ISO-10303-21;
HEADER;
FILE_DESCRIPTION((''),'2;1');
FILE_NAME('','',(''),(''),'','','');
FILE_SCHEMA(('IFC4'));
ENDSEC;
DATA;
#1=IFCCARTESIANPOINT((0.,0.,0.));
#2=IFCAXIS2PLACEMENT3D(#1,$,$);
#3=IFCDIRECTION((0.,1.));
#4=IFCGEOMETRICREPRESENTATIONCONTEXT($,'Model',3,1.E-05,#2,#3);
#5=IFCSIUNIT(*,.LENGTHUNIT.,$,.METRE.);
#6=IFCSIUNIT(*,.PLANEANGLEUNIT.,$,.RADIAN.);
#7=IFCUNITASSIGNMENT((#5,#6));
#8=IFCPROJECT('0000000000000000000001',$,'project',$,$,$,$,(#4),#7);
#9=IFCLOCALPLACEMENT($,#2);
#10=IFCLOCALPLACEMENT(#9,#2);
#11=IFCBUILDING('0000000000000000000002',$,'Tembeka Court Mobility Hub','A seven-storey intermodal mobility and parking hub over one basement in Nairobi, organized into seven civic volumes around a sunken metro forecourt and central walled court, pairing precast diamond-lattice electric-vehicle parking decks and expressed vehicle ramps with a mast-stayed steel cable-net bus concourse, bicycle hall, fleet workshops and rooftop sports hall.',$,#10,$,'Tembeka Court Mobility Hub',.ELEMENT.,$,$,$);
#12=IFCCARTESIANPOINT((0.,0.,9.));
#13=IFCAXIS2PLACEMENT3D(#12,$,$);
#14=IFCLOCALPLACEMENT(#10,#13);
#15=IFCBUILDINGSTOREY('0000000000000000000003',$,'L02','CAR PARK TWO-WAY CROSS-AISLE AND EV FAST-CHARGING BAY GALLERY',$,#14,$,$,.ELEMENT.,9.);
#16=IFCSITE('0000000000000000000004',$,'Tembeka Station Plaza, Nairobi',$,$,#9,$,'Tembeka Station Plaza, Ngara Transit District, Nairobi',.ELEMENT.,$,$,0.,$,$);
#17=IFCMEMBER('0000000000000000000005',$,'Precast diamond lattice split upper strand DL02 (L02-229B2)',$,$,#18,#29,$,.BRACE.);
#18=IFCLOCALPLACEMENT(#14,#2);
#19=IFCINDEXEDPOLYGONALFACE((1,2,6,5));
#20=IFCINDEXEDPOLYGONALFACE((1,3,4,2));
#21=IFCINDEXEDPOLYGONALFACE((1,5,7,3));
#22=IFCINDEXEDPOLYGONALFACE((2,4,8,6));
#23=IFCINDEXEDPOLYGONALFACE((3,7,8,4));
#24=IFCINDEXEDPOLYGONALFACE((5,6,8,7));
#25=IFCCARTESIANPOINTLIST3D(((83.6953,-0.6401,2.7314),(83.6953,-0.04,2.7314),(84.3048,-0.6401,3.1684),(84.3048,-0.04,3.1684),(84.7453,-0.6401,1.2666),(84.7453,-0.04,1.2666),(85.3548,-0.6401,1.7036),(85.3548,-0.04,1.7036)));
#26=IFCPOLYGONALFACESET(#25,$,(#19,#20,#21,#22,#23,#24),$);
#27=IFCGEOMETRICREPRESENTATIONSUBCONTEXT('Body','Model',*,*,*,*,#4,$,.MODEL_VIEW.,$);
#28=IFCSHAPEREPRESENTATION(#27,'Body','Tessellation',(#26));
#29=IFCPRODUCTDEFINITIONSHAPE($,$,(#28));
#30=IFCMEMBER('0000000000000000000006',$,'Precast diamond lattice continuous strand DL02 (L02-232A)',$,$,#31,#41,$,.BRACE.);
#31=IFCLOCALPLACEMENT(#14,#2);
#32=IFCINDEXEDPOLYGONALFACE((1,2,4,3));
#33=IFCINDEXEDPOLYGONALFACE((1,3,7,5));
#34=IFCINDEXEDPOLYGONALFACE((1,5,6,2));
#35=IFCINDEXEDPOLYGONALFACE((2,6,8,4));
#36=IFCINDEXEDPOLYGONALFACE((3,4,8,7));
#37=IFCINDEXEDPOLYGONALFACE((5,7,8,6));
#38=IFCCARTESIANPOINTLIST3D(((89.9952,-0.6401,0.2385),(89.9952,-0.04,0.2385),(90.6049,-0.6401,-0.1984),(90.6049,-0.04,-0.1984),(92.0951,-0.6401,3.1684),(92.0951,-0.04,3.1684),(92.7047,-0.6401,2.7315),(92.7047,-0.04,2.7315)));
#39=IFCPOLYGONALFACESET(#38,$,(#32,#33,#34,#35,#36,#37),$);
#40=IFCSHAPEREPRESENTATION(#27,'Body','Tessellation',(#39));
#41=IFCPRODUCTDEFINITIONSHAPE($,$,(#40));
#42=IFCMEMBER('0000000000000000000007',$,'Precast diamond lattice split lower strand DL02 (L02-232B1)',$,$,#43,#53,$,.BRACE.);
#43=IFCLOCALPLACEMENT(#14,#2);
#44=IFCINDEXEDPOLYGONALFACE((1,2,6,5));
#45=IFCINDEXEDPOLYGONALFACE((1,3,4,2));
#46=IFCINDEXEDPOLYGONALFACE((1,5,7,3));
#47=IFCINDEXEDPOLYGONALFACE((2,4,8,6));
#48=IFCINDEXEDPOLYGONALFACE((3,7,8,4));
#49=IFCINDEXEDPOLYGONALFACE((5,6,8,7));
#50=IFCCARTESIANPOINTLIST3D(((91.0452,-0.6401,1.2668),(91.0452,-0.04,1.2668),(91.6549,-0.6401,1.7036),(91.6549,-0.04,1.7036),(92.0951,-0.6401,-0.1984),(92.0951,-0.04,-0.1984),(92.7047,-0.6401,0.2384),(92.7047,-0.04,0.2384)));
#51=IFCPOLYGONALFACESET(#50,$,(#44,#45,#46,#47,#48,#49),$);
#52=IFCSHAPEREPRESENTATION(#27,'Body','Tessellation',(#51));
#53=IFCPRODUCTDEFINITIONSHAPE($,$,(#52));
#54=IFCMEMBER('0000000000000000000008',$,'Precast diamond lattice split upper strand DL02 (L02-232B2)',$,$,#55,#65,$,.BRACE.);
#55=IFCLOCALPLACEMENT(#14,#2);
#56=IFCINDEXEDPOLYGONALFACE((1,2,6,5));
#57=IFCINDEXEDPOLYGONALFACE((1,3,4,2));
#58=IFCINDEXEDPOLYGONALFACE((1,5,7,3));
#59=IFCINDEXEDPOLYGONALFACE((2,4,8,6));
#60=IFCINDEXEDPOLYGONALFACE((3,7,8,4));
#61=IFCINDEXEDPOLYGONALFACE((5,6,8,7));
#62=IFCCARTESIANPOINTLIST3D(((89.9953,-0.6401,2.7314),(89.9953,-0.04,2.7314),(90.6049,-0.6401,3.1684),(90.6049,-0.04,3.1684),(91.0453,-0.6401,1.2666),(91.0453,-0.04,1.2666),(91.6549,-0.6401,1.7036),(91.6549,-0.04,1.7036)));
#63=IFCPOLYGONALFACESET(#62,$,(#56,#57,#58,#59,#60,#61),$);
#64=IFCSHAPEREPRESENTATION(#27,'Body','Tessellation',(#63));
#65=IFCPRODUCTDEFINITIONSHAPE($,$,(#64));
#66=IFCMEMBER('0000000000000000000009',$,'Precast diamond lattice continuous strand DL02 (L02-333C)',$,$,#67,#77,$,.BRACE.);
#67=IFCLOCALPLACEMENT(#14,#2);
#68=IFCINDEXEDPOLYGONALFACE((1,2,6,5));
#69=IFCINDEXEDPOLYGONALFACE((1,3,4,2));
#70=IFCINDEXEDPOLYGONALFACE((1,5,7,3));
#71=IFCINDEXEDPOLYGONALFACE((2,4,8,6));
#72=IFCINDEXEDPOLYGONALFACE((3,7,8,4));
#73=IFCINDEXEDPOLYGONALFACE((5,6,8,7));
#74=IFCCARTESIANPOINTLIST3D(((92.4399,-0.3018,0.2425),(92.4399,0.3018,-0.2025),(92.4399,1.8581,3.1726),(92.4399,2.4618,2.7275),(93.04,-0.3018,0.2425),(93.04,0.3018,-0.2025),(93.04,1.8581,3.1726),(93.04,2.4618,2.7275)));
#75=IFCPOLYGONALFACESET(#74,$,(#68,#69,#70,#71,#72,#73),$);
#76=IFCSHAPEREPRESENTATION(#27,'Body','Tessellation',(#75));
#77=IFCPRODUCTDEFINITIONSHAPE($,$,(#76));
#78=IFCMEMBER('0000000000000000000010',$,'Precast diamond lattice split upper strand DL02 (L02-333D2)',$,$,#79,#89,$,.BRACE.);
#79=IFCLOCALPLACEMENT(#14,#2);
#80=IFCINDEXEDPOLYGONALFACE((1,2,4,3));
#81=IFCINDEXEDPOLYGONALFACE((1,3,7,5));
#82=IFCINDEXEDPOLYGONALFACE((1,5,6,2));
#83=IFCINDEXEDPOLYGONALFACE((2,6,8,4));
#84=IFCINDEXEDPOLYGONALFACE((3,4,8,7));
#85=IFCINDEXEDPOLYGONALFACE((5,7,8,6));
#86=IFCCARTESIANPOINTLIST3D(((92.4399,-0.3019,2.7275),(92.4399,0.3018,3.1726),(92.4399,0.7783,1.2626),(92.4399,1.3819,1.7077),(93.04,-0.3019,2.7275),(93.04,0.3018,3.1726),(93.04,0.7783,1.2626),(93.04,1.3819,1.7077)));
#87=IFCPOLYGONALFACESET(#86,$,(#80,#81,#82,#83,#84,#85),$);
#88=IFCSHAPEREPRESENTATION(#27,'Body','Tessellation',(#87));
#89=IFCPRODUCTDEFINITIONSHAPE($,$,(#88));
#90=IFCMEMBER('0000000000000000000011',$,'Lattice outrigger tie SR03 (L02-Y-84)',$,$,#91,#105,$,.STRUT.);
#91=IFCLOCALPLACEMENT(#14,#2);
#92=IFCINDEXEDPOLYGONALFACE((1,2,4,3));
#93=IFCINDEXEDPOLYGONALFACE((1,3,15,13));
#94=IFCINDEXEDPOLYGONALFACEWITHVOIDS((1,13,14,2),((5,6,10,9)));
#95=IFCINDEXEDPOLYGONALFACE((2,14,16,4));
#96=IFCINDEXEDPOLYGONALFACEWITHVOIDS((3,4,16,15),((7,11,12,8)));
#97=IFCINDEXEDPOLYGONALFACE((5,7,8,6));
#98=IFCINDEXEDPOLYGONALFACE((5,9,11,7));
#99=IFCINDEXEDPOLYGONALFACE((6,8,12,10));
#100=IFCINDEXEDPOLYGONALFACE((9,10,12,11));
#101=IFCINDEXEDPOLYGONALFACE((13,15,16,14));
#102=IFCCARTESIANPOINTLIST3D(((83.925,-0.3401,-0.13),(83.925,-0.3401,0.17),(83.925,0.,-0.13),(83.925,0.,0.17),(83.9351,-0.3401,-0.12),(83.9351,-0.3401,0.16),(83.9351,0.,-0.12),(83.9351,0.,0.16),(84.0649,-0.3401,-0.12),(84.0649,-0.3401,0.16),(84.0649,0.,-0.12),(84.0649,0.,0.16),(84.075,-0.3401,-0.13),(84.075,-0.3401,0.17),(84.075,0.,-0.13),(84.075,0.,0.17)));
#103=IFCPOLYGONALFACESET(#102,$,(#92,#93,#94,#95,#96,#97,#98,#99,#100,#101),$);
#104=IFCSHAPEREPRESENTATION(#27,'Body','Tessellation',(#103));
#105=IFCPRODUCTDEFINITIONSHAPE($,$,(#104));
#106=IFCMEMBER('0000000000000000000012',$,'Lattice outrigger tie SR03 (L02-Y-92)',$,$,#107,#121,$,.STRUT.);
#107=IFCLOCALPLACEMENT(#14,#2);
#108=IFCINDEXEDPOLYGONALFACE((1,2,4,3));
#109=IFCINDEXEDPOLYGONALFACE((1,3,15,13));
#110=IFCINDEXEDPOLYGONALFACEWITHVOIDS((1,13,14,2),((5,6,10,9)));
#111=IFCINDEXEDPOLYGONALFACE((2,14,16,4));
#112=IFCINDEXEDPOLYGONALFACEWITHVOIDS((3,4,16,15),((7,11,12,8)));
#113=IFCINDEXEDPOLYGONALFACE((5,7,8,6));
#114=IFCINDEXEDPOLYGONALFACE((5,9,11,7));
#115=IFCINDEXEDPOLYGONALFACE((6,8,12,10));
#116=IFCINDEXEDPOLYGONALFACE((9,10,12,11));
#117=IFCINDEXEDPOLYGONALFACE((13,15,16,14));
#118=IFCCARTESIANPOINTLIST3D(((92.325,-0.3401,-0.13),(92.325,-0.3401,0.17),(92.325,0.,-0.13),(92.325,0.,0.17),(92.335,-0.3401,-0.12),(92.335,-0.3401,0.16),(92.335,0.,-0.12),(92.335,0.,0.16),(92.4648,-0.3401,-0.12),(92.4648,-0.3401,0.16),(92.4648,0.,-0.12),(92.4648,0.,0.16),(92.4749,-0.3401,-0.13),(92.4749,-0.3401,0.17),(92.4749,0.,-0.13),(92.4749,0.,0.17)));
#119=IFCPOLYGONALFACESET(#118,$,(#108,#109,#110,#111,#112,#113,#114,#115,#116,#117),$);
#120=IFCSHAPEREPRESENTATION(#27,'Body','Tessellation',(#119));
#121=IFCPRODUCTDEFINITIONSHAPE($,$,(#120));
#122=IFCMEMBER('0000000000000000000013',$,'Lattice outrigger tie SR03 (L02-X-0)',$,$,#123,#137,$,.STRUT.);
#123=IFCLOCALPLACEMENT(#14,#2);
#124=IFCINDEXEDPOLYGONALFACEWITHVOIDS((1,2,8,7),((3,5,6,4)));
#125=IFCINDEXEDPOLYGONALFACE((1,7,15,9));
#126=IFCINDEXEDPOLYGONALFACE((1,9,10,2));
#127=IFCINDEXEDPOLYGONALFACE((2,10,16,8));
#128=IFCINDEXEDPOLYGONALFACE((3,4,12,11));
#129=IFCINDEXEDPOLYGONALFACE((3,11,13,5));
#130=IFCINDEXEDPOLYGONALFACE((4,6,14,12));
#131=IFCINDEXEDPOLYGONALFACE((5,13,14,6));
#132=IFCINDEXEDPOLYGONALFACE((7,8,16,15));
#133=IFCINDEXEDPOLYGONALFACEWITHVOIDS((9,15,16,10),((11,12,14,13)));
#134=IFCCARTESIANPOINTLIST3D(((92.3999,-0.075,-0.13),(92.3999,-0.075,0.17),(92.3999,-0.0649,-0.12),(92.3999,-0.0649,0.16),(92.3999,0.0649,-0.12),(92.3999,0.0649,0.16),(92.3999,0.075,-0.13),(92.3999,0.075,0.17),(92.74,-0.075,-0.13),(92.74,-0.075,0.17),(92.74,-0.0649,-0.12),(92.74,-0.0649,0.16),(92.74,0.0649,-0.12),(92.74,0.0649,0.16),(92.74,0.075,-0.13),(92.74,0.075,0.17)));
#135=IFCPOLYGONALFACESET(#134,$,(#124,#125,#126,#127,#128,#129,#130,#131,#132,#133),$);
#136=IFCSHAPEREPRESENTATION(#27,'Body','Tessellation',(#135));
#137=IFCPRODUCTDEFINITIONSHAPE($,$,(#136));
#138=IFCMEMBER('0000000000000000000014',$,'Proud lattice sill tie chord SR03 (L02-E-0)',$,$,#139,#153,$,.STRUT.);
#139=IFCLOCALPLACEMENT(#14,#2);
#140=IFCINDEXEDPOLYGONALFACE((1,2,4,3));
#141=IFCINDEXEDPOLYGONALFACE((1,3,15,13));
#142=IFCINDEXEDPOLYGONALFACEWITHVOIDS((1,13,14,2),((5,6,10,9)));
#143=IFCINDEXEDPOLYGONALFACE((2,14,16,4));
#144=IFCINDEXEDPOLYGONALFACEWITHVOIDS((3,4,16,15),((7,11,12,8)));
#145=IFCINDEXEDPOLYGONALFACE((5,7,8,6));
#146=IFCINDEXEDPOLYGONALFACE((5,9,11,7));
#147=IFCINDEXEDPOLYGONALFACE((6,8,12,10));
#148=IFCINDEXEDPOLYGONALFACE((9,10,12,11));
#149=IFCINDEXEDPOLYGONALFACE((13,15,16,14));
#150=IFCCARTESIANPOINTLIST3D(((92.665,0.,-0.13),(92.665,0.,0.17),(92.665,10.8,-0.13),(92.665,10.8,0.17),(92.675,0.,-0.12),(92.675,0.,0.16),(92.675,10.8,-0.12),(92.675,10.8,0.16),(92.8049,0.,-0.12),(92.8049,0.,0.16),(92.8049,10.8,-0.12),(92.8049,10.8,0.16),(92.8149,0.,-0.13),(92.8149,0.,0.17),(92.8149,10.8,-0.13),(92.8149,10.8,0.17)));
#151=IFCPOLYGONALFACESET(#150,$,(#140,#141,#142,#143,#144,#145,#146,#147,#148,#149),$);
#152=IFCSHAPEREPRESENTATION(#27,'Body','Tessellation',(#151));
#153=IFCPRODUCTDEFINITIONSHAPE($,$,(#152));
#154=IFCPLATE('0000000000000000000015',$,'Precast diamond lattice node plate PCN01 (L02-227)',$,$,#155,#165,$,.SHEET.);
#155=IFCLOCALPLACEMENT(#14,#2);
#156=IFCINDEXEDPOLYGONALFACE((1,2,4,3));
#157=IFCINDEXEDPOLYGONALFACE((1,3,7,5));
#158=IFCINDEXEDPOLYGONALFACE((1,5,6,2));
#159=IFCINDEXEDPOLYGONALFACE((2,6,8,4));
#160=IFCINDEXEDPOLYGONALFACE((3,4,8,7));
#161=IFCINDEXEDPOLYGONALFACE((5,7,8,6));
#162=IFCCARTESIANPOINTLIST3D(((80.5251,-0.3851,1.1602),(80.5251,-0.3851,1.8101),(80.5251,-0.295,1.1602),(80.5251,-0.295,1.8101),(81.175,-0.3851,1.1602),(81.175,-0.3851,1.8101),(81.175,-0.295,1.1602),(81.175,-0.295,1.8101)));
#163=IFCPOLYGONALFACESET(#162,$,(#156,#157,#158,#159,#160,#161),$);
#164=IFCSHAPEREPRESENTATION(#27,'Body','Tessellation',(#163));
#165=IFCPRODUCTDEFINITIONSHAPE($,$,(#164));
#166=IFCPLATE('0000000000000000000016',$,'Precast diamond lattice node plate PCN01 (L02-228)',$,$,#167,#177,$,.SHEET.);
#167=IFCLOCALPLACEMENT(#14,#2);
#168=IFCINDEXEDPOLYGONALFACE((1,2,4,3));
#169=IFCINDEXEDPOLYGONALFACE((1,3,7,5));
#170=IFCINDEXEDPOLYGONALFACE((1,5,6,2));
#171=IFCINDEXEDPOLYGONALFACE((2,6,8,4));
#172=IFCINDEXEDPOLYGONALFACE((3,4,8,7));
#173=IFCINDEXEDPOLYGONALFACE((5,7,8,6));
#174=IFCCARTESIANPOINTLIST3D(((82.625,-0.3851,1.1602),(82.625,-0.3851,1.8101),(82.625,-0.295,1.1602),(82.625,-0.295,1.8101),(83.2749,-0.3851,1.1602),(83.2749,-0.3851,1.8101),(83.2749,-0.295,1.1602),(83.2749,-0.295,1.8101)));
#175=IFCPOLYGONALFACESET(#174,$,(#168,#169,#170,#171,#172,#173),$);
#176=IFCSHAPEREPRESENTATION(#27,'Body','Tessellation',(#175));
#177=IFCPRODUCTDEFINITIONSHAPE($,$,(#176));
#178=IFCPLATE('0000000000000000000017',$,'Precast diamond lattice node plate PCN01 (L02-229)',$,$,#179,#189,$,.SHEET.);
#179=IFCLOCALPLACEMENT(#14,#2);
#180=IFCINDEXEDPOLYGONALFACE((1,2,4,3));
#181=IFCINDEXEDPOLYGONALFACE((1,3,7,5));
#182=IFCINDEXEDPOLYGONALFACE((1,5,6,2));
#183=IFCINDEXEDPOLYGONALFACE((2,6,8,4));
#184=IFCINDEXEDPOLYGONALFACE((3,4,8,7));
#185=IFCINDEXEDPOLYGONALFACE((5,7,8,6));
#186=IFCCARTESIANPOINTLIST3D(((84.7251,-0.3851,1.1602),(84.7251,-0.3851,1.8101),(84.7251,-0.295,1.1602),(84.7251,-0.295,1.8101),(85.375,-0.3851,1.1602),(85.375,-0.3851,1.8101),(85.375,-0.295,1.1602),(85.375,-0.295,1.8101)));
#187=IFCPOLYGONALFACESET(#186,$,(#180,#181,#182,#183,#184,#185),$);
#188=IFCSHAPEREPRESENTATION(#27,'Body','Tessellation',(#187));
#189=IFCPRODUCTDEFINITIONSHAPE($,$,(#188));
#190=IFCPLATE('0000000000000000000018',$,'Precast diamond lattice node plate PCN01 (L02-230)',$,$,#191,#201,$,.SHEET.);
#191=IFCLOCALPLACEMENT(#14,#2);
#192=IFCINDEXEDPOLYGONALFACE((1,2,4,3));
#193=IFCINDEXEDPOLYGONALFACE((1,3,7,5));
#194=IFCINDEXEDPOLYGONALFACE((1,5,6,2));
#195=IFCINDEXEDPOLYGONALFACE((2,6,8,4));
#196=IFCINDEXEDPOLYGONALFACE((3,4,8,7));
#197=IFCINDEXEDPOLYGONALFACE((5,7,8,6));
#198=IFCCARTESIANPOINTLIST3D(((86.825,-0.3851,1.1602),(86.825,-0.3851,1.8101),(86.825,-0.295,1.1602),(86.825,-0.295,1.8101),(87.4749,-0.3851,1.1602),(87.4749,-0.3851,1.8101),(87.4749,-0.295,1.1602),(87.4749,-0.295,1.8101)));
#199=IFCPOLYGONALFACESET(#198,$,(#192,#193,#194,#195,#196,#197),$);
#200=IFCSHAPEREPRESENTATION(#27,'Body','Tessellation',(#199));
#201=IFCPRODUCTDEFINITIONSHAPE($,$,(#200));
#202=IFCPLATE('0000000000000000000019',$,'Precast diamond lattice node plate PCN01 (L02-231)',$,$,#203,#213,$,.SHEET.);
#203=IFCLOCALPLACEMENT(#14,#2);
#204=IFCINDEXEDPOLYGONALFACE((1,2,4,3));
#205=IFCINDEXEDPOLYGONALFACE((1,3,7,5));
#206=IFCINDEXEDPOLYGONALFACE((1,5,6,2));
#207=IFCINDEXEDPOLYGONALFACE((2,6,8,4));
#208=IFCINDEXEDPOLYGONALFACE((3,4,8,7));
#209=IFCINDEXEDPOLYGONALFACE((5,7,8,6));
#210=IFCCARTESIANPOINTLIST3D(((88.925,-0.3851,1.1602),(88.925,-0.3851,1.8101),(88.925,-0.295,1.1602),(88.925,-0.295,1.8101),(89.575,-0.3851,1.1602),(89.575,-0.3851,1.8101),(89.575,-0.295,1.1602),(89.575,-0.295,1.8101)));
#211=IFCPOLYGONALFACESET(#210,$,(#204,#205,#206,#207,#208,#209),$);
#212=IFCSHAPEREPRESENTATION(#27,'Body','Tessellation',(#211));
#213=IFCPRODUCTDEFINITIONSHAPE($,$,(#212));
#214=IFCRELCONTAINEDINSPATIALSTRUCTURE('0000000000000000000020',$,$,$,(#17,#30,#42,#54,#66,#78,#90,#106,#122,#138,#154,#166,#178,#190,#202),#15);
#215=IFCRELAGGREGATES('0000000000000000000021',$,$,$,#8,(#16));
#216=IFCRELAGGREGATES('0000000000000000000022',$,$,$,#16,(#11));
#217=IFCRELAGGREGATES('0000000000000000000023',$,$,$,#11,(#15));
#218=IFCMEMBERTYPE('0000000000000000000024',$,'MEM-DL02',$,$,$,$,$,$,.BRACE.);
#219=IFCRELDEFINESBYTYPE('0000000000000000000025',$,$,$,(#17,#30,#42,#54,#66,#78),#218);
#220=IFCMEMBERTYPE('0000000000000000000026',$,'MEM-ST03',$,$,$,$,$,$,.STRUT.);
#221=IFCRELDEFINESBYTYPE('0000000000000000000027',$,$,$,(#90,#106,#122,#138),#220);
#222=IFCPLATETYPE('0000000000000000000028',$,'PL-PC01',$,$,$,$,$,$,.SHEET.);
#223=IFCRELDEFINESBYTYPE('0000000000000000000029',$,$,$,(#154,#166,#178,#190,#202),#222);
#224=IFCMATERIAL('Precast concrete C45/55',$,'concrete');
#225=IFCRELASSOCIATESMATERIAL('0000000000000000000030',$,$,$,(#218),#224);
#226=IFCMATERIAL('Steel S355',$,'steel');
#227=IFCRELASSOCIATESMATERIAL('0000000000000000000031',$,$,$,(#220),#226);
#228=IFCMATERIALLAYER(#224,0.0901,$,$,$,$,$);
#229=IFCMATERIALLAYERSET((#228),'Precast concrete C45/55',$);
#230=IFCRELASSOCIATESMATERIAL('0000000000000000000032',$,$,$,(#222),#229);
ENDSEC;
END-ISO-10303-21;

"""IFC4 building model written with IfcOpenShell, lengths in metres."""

from ifc_helpers import new_model, si_unit, direction, frame, origin, origin_2d, place, context, subcontext, project, spatial, rectangle, hollow_rectangle, extrude, material, layer, layer_set, material_profile, profile_set, type_object, element, save


model = new_model("IFC4")

# Units and contexts
model_context = context("Model", 3, precision=1e-05, world=origin(), true_north=direction((0.0, 1.0)))
body_context = subcontext(model_context, "Body", "Model", "MODEL_VIEW")
ifc_project = project(units=[si_unit("LENGTHUNIT", "METRE"), si_unit("PLANEANGLEUNIT", "RADIAN")], contexts=[model_context])

# Site, building, storey
site_placement = place(None, origin())
site = spatial("IfcSite", under=ifc_project, at=site_placement, Name="Tembeka Station Plaza, Nairobi", LongName="Tembeka Station Plaza, Ngara Transit District, Nairobi", CompositionType="ELEMENT", RefElevation=0.0)
building_placement = place(site_placement, origin())
building = spatial("IfcBuilding", under=site, at=building_placement, Name="Tembeka Court Mobility Hub", Description="A seven-storey intermodal mobility and parking hub over one basement in Nairobi, organized into seven civic volumes around a sunken metro forecourt and central walled court, pairing precast diamond-lattice electric-vehicle parking decks and expressed vehicle ramps with a mast-stayed steel cable-net bus concourse, bicycle hall, fleet workshops and rooftop sports hall.", LongName="Tembeka Court Mobility Hub", CompositionType="ELEMENT")
storey_placement = place(building_placement, frame((0.0, 0.0, 9.0)))
storey = spatial("IfcBuildingStorey", under=building, at=storey_placement, Name="L02", Description="CAR PARK TWO-WAY CROSS-AISLE AND EV FAST-CHARGING BAY GALLERY", CompositionType="ELEMENT", Elevation=9.0)

# Shared definitions
ifc_material_1 = material(Name="Steel S355", Category="steel")

# Shared definitions
ifc_material_2 = material(Name="Precast concrete C45/55", Category="concrete")

# Members
ifc_material_profile_1 = material_profile(ifc_material_2, rectangle(XDim=0.6001, YDim=0.75, at=origin_2d()), Name="PC-DIAG 600x750")
ifc_profile_set_1 = profile_set([ifc_material_profile_1], Name="Precast concrete C45/55")
member_type_1 = type_object("IfcMemberType", Name="MEM-DL02", PredefinedType="BRACE", material=ifc_profile_set_1)
member_1_placement = place(storey_placement, frame((85.05, -0.3401, 1.4851), z_axis=(-0.582608, 0.0, 0.812753), x_axis=(0.0, -1.0, 0.0)))
element("IfcMember", 1, at=member_1_placement, inside=storey, type_object=member_type_1, Name="Precast diamond lattice split upper strand DL02 (L02-229B2)", PredefinedType="BRACE", context=body_context, shape_type="SweptSolid", body=[
    extrude(rectangle(XDim=0.6001, YDim=0.75, at=origin_2d()), origin(), (0.0, 0.0, 1.0), 1.8022),
])
member_2_placement = place(storey_placement, frame((90.3, -0.3401, 0.02), z_axis=(0.582532, 0.0, 0.812808), x_axis=(0.0, 1.0, 0.0)))
element("IfcMember", 2, at=member_2_placement, inside=storey, type_object=member_type_1, Name="Precast diamond lattice continuous strand DL02 (L02-232A)", PredefinedType="BRACE", context=body_context, shape_type="SweptSolid", body=[
    extrude(rectangle(XDim=0.6001, YDim=0.75, at=origin_2d()), origin(), (0.0, 0.0, 1.0), 3.6047),
])
member_3_placement = place(storey_placement, frame((92.3999, -0.3401, 0.02), z_axis=(-0.582455, 0.0, 0.812863), x_axis=(0.0, -1.0, 0.0)))
element("IfcMember", 3, at=member_3_placement, inside=storey, type_object=member_type_1, Name="Precast diamond lattice split lower strand DL02 (L02-232B1)", PredefinedType="BRACE", context=body_context, shape_type="SweptSolid", body=[
    extrude(rectangle(XDim=0.6001, YDim=0.75, at=origin_2d()), origin(), (0.0, 0.0, 1.0), 1.8025),
])
member_4_placement = place(storey_placement, frame((91.3501, -0.3401, 1.4851), z_axis=(-0.582608, 0.0, 0.812753), x_axis=(0.0, -1.0, 0.0)))
element("IfcMember", 4, at=member_4_placement, inside=storey, type_object=member_type_1, Name="Precast diamond lattice split upper strand DL02 (L02-232B2)", PredefinedType="BRACE", context=body_context, shape_type="SweptSolid", body=[
    extrude(rectangle(XDim=0.6001, YDim=0.75, at=origin_2d()), origin(), (0.0, 0.0, 1.0), 1.8022),
])
member_5_placement = place(storey_placement, frame((92.74, 0.0, 0.02), z_axis=(0.0, 0.59338, 0.804923), x_axis=(-1.0, 0.0, 0.0)))
element("IfcMember", 5, at=member_5_placement, inside=storey, type_object=member_type_1, Name="Precast diamond lattice continuous strand DL02 (L02-333C)", PredefinedType="BRACE", context=body_context, shape_type="SweptSolid", body=[
    extrude(rectangle(XDim=0.6001, YDim=0.75, at=origin_2d()), origin(), (0.0, 0.0, 1.0), 3.6401),
])
member_6_placement = place(storey_placement, frame((92.74, 1.0801, 1.4851), z_axis=(0.0, -0.593455, 0.804867), x_axis=(1.0, 0.0, 0.0)))
element("IfcMember", 6, at=member_6_placement, inside=storey, type_object=member_type_1, Name="Precast diamond lattice split upper strand DL02 (L02-333D2)", PredefinedType="BRACE", context=body_context, shape_type="SweptSolid", body=[
    extrude(rectangle(XDim=0.6001, YDim=0.75, at=origin_2d()), origin(), (0.0, 0.0, 1.0), 1.8201),
])
ifc_material_profile_2 = material_profile(ifc_material_1, hollow_rectangle(XDim=0.1499, YDim=0.3, WallThickness=0.01, at=origin_2d()), Name="RHS 300x150x10")
ifc_profile_set_2 = profile_set([ifc_material_profile_2], Name="Steel S355")
member_type_2 = type_object("IfcMemberType", Name="MEM-ST03", PredefinedType="STRUT", material=ifc_profile_set_2)
for number, where, z_axis, x_axis, name in (
    (7, (84.0, 0.0, 0.02), (0.0, -1.0, 0.0), (1.0, 0.0, 0.0), "Lattice outrigger tie SR03 (L02-Y-84)"),
    (8, (92.3999, 0.0, 0.02), (0.0, -1.0, 0.0), (1.0, 0.0, 0.0), "Lattice outrigger tie SR03 (L02-Y-92)"),
    (9, (92.3999, 0.0, 0.02), (1.0, 0.0, 0.0), (0.0, 1.0, 0.0), "Lattice outrigger tie SR03 (L02-X-0)"),
):
    element("IfcMember", number, at=place(storey_placement, frame(where, z_axis=z_axis, x_axis=x_axis)), inside=storey, type_object=member_type_2, Name=name, PredefinedType="STRUT", context=body_context, shape_type="SweptSolid", body=[
        extrude(hollow_rectangle(XDim=0.1499, YDim=0.3, WallThickness=0.01, at=origin_2d()), origin(), (0.0, 0.0, 1.0), 0.3401),
    ])
member_7_placement = place(storey_placement, frame((92.74, 0.0, 0.02), z_axis=(0.0, 1.0, 0.0), x_axis=(-1.0, 0.0, 0.0)))
element("IfcMember", 10, at=member_7_placement, inside=storey, type_object=member_type_2, Name="Proud lattice sill tie chord SR03 (L02-E-0)", PredefinedType="STRUT", context=body_context, shape_type="SweptSolid", body=[
    extrude(hollow_rectangle(XDim=0.1499, YDim=0.3, WallThickness=0.01, at=origin_2d()), origin(), (0.0, 0.0, 1.0), 10.8),
])

# Plates
ifc_layer = layer(ifc_material_2, 0.0901)
ifc_layer_set = layer_set([ifc_layer], Name="Precast concrete C45/55")
plate_type = type_object("IfcPlateType", Name="PL-PC01", PredefinedType="SHEET", material=ifc_layer_set)
for number, where, z_axis, x_axis, name in (
    (11, (80.8501, -0.3401, 1.1602), (0.0, 0.0, 1.0), (1.0, 0.0, 0.0), "Precast diamond lattice node plate PCN01 (L02-227)"),
    (12, (82.95, -0.3401, 1.1602), (0.0, 0.0, 1.0), (1.0, 0.0, 0.0), "Precast diamond lattice node plate PCN01 (L02-228)"),
    (13, (85.05, -0.3401, 1.1602), (0.0, 0.0, 1.0), (1.0, 0.0, 0.0), "Precast diamond lattice node plate PCN01 (L02-229)"),
    (14, (87.1499, -0.3401, 1.1602), (0.0, 0.0, 1.0), (1.0, 0.0, 0.0), "Precast diamond lattice node plate PCN01 (L02-230)"),
    (15, (89.25, -0.3401, 1.1602), (0.0, 0.0, 1.0), (1.0, 0.0, 0.0), "Precast diamond lattice node plate PCN01 (L02-231)"),
):
    element("IfcPlate", number, at=place(storey_placement, frame(where, z_axis=z_axis, x_axis=x_axis)), inside=storey, type_object=plate_type, Name=name, PredefinedType="SHEET", context=body_context, shape_type="SweptSolid", body=[
        extrude(rectangle(XDim=0.6499, YDim=0.0901, at=origin_2d()), origin(), (0.0, 0.0, 1.0), 0.6499),
    ])

save(model, "model.ifc")
